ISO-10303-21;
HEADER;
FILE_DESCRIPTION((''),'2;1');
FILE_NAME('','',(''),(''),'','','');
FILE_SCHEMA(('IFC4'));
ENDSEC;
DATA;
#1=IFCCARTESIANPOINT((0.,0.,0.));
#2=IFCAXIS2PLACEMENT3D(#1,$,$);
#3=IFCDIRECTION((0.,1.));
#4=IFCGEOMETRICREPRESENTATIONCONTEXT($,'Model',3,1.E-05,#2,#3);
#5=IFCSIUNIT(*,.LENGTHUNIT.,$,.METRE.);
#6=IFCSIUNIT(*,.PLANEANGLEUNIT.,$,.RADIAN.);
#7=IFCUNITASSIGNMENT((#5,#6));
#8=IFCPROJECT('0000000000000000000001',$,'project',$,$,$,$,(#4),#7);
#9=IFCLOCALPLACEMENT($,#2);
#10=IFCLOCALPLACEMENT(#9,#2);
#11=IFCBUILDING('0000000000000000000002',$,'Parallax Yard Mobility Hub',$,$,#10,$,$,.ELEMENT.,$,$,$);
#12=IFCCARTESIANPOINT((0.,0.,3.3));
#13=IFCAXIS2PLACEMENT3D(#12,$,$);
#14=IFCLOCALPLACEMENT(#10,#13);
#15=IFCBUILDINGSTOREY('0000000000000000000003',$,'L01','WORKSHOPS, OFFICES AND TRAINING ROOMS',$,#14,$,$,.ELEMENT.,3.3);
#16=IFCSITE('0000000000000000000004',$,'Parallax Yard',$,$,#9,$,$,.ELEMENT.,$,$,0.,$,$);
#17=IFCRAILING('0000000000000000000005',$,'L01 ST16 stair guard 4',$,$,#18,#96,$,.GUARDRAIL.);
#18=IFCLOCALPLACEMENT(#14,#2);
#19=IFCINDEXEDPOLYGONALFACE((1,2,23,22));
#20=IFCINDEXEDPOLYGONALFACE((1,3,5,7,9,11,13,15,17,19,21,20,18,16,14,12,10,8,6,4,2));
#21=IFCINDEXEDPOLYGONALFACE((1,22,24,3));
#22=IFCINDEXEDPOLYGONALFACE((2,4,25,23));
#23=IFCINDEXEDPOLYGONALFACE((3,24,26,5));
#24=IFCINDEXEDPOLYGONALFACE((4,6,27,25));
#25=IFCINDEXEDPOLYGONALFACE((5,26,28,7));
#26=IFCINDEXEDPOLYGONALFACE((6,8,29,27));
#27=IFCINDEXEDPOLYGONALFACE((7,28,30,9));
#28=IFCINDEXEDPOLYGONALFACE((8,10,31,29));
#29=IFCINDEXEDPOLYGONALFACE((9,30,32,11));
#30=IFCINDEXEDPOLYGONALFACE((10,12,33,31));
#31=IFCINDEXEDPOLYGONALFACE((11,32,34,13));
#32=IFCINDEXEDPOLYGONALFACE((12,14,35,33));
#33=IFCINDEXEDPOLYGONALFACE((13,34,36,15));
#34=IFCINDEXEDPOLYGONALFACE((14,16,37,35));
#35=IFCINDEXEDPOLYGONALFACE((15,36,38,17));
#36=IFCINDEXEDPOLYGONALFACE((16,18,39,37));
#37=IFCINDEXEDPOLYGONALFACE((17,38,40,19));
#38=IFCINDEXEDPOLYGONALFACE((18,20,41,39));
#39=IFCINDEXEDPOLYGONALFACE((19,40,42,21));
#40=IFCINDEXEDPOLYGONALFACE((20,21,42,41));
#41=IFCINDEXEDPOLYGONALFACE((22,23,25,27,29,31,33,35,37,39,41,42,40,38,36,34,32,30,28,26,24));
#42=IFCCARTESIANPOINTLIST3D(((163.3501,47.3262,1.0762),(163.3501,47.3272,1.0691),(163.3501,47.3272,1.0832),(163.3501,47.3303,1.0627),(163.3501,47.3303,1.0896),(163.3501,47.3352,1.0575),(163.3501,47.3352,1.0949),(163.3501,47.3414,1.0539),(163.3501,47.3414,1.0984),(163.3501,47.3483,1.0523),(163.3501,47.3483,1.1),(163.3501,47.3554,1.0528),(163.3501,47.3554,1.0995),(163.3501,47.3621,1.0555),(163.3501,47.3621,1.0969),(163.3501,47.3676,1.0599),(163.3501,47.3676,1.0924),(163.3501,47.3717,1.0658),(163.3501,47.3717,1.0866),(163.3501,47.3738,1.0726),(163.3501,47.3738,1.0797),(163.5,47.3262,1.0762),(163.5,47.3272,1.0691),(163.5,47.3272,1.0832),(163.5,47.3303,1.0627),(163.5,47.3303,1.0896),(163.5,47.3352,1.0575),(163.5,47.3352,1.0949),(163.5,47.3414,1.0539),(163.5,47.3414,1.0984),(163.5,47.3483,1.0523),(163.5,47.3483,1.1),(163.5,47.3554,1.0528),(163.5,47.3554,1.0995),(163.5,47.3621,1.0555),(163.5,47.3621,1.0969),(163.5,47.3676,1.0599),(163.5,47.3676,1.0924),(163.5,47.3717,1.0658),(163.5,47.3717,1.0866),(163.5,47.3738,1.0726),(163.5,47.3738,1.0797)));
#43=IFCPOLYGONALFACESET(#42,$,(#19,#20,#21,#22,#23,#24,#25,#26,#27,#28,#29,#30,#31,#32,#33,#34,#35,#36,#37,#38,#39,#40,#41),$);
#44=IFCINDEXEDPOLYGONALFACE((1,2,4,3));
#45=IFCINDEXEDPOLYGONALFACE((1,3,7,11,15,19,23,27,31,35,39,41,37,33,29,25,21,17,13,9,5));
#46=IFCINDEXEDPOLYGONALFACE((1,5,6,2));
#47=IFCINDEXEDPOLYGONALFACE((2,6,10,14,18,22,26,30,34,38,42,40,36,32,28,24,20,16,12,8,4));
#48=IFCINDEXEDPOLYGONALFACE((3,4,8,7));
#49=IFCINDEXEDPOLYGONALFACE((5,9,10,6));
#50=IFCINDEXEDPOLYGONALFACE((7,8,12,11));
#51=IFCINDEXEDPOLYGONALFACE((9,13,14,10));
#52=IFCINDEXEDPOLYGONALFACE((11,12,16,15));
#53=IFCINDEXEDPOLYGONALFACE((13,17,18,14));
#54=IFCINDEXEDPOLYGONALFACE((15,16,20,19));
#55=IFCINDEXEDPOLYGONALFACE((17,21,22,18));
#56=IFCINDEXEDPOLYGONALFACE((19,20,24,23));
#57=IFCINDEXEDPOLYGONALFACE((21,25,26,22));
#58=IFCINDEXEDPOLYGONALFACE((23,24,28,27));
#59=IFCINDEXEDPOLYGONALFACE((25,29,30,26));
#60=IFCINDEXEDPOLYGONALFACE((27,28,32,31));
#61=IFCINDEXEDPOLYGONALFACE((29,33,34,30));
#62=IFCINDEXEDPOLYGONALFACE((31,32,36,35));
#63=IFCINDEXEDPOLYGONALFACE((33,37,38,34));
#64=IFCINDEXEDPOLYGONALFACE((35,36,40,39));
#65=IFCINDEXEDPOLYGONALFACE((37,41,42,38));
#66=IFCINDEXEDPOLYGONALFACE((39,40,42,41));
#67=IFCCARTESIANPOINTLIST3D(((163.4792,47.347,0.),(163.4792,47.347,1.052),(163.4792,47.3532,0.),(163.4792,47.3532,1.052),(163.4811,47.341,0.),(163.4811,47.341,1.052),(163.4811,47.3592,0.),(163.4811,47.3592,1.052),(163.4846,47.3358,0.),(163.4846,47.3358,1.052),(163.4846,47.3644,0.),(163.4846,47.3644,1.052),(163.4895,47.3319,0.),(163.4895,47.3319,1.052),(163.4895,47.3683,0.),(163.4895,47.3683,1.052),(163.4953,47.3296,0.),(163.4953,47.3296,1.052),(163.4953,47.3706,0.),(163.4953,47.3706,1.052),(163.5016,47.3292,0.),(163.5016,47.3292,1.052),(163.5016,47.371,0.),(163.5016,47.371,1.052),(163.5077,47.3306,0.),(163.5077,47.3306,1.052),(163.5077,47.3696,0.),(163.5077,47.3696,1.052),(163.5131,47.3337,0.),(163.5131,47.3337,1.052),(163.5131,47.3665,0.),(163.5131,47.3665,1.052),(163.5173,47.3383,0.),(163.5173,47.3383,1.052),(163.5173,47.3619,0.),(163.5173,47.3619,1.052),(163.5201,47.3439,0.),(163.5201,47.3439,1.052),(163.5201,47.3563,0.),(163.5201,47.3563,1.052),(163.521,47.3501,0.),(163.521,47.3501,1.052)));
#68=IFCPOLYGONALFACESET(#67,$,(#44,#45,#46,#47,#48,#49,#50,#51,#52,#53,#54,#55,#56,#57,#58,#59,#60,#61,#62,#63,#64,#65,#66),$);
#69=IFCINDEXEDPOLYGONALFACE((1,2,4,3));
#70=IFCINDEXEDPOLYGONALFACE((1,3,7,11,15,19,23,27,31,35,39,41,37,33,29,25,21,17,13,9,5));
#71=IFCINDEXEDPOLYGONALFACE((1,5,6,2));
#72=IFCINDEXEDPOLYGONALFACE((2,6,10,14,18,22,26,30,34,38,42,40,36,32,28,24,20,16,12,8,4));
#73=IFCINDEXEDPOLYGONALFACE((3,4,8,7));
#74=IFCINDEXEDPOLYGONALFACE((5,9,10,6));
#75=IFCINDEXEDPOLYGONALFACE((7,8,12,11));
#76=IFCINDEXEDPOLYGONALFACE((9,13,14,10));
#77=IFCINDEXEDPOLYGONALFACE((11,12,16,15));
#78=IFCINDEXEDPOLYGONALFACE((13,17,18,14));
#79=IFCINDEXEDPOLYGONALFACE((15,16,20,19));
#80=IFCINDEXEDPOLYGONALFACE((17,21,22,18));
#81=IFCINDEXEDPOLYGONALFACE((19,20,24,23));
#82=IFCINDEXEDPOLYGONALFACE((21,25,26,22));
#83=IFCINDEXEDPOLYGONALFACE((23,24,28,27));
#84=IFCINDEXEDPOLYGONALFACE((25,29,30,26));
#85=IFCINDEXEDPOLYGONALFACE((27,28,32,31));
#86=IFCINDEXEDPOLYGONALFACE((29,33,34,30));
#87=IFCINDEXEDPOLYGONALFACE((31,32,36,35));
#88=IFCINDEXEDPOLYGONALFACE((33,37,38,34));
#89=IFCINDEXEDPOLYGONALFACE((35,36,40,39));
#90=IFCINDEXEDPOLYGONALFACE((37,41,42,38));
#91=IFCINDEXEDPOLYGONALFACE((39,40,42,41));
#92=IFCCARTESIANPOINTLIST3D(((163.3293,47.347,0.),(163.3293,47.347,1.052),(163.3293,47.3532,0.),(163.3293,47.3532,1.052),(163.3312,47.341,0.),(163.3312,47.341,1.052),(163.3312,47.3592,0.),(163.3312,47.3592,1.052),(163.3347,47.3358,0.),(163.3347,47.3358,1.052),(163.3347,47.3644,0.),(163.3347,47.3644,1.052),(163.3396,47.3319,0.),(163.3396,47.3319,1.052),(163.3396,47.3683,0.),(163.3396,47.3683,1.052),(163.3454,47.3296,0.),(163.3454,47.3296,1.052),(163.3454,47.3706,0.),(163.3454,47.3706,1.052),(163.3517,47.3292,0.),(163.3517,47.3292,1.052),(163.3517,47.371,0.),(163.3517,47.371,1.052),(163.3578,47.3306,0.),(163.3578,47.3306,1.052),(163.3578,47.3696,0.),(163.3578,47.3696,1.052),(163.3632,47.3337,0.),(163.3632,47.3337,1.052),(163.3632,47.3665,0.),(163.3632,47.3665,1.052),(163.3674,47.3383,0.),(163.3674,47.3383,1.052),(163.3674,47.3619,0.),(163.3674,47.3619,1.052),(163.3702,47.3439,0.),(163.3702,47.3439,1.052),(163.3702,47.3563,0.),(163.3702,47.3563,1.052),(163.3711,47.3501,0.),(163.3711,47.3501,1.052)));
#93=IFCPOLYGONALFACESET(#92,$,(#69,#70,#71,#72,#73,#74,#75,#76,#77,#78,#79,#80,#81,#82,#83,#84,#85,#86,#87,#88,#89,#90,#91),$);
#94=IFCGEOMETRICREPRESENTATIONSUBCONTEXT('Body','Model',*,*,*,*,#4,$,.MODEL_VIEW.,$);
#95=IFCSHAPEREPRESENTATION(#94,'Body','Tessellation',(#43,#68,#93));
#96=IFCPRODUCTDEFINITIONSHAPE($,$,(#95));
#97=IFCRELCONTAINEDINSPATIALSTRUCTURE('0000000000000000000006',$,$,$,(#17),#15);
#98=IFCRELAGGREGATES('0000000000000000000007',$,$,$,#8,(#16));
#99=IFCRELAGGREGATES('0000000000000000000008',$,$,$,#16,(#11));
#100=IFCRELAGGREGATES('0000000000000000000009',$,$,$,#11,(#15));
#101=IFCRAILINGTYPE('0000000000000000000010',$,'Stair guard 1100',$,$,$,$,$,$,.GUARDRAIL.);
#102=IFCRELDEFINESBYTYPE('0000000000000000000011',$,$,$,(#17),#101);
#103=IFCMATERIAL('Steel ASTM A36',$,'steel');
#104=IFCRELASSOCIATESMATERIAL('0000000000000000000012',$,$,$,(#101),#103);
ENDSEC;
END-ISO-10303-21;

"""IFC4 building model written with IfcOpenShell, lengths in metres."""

from ifc_helpers import new_model, si_unit, direction, frame, origin, origin_2d, place, context, subcontext, project, spatial, circle, extrude, material, type_object, element, save


model = new_model("IFC4")

# Units and contexts
model_context = context("Model", 3, precision=1e-05, world=origin(), true_north=direction((0.0, 1.0)))
body_context = subcontext(model_context, "Body", "Model", "MODEL_VIEW")
ifc_project = project(units=[si_unit("LENGTHUNIT", "METRE"), si_unit("PLANEANGLEUNIT", "RADIAN")], contexts=[model_context])

# Site, building, storey
site_placement = place(None, origin())
site = spatial("IfcSite", under=ifc_project, at=site_placement, Name="Parallax Yard", CompositionType="ELEMENT", RefElevation=0.0)
building_placement = place(site_placement, origin())
building = spatial("IfcBuilding", under=site, at=building_placement, Name="Parallax Yard Mobility Hub", CompositionType="ELEMENT")
storey_placement = place(building_placement, frame((0.0, 0.0, 3.3)))
storey = spatial("IfcBuildingStorey", under=building, at=storey_placement, Name="L01", Description="WORKSHOPS, OFFICES AND TRAINING ROOMS", CompositionType="ELEMENT", Elevation=3.3)

# Railing
ifc_material_1 = material(Name="Steel ASTM A36", Category="steel")
railing_type_1 = type_object("IfcRailingType", Name="Stair guard 1100", PredefinedType="GUARDRAIL", material=ifc_material_1)
railing_1_placement = place(storey_placement, frame((163.5, 47.3501, 0.0)))
element("IfcRailing", 1, at=railing_1_placement, inside=storey, type_object=railing_type_1, Name="L01 ST16 stair guard 4", PredefinedType="GUARDRAIL", context=body_context, shape_type="SweptSolid", body=[
    extrude(circle(Radius=0.0239, at=origin_2d()), frame((0.0, 0.0, 1.0762), z_axis=(-1.0, 0.0, 0.0), x_axis=(0.0, -1.0, 0.0)), (0.0, 0.0, 1.0), 0.1499),
    extrude(circle(Radius=0.021, at=origin_2d()), origin(), (0.0, 0.0, 1.0), 1.052),
    extrude(circle(Radius=0.021, at=origin_2d()), frame((-0.1499, 0.0, 0.0)), (0.0, 0.0, 1.0), 1.052),
])

save(model, "model.ifc")
